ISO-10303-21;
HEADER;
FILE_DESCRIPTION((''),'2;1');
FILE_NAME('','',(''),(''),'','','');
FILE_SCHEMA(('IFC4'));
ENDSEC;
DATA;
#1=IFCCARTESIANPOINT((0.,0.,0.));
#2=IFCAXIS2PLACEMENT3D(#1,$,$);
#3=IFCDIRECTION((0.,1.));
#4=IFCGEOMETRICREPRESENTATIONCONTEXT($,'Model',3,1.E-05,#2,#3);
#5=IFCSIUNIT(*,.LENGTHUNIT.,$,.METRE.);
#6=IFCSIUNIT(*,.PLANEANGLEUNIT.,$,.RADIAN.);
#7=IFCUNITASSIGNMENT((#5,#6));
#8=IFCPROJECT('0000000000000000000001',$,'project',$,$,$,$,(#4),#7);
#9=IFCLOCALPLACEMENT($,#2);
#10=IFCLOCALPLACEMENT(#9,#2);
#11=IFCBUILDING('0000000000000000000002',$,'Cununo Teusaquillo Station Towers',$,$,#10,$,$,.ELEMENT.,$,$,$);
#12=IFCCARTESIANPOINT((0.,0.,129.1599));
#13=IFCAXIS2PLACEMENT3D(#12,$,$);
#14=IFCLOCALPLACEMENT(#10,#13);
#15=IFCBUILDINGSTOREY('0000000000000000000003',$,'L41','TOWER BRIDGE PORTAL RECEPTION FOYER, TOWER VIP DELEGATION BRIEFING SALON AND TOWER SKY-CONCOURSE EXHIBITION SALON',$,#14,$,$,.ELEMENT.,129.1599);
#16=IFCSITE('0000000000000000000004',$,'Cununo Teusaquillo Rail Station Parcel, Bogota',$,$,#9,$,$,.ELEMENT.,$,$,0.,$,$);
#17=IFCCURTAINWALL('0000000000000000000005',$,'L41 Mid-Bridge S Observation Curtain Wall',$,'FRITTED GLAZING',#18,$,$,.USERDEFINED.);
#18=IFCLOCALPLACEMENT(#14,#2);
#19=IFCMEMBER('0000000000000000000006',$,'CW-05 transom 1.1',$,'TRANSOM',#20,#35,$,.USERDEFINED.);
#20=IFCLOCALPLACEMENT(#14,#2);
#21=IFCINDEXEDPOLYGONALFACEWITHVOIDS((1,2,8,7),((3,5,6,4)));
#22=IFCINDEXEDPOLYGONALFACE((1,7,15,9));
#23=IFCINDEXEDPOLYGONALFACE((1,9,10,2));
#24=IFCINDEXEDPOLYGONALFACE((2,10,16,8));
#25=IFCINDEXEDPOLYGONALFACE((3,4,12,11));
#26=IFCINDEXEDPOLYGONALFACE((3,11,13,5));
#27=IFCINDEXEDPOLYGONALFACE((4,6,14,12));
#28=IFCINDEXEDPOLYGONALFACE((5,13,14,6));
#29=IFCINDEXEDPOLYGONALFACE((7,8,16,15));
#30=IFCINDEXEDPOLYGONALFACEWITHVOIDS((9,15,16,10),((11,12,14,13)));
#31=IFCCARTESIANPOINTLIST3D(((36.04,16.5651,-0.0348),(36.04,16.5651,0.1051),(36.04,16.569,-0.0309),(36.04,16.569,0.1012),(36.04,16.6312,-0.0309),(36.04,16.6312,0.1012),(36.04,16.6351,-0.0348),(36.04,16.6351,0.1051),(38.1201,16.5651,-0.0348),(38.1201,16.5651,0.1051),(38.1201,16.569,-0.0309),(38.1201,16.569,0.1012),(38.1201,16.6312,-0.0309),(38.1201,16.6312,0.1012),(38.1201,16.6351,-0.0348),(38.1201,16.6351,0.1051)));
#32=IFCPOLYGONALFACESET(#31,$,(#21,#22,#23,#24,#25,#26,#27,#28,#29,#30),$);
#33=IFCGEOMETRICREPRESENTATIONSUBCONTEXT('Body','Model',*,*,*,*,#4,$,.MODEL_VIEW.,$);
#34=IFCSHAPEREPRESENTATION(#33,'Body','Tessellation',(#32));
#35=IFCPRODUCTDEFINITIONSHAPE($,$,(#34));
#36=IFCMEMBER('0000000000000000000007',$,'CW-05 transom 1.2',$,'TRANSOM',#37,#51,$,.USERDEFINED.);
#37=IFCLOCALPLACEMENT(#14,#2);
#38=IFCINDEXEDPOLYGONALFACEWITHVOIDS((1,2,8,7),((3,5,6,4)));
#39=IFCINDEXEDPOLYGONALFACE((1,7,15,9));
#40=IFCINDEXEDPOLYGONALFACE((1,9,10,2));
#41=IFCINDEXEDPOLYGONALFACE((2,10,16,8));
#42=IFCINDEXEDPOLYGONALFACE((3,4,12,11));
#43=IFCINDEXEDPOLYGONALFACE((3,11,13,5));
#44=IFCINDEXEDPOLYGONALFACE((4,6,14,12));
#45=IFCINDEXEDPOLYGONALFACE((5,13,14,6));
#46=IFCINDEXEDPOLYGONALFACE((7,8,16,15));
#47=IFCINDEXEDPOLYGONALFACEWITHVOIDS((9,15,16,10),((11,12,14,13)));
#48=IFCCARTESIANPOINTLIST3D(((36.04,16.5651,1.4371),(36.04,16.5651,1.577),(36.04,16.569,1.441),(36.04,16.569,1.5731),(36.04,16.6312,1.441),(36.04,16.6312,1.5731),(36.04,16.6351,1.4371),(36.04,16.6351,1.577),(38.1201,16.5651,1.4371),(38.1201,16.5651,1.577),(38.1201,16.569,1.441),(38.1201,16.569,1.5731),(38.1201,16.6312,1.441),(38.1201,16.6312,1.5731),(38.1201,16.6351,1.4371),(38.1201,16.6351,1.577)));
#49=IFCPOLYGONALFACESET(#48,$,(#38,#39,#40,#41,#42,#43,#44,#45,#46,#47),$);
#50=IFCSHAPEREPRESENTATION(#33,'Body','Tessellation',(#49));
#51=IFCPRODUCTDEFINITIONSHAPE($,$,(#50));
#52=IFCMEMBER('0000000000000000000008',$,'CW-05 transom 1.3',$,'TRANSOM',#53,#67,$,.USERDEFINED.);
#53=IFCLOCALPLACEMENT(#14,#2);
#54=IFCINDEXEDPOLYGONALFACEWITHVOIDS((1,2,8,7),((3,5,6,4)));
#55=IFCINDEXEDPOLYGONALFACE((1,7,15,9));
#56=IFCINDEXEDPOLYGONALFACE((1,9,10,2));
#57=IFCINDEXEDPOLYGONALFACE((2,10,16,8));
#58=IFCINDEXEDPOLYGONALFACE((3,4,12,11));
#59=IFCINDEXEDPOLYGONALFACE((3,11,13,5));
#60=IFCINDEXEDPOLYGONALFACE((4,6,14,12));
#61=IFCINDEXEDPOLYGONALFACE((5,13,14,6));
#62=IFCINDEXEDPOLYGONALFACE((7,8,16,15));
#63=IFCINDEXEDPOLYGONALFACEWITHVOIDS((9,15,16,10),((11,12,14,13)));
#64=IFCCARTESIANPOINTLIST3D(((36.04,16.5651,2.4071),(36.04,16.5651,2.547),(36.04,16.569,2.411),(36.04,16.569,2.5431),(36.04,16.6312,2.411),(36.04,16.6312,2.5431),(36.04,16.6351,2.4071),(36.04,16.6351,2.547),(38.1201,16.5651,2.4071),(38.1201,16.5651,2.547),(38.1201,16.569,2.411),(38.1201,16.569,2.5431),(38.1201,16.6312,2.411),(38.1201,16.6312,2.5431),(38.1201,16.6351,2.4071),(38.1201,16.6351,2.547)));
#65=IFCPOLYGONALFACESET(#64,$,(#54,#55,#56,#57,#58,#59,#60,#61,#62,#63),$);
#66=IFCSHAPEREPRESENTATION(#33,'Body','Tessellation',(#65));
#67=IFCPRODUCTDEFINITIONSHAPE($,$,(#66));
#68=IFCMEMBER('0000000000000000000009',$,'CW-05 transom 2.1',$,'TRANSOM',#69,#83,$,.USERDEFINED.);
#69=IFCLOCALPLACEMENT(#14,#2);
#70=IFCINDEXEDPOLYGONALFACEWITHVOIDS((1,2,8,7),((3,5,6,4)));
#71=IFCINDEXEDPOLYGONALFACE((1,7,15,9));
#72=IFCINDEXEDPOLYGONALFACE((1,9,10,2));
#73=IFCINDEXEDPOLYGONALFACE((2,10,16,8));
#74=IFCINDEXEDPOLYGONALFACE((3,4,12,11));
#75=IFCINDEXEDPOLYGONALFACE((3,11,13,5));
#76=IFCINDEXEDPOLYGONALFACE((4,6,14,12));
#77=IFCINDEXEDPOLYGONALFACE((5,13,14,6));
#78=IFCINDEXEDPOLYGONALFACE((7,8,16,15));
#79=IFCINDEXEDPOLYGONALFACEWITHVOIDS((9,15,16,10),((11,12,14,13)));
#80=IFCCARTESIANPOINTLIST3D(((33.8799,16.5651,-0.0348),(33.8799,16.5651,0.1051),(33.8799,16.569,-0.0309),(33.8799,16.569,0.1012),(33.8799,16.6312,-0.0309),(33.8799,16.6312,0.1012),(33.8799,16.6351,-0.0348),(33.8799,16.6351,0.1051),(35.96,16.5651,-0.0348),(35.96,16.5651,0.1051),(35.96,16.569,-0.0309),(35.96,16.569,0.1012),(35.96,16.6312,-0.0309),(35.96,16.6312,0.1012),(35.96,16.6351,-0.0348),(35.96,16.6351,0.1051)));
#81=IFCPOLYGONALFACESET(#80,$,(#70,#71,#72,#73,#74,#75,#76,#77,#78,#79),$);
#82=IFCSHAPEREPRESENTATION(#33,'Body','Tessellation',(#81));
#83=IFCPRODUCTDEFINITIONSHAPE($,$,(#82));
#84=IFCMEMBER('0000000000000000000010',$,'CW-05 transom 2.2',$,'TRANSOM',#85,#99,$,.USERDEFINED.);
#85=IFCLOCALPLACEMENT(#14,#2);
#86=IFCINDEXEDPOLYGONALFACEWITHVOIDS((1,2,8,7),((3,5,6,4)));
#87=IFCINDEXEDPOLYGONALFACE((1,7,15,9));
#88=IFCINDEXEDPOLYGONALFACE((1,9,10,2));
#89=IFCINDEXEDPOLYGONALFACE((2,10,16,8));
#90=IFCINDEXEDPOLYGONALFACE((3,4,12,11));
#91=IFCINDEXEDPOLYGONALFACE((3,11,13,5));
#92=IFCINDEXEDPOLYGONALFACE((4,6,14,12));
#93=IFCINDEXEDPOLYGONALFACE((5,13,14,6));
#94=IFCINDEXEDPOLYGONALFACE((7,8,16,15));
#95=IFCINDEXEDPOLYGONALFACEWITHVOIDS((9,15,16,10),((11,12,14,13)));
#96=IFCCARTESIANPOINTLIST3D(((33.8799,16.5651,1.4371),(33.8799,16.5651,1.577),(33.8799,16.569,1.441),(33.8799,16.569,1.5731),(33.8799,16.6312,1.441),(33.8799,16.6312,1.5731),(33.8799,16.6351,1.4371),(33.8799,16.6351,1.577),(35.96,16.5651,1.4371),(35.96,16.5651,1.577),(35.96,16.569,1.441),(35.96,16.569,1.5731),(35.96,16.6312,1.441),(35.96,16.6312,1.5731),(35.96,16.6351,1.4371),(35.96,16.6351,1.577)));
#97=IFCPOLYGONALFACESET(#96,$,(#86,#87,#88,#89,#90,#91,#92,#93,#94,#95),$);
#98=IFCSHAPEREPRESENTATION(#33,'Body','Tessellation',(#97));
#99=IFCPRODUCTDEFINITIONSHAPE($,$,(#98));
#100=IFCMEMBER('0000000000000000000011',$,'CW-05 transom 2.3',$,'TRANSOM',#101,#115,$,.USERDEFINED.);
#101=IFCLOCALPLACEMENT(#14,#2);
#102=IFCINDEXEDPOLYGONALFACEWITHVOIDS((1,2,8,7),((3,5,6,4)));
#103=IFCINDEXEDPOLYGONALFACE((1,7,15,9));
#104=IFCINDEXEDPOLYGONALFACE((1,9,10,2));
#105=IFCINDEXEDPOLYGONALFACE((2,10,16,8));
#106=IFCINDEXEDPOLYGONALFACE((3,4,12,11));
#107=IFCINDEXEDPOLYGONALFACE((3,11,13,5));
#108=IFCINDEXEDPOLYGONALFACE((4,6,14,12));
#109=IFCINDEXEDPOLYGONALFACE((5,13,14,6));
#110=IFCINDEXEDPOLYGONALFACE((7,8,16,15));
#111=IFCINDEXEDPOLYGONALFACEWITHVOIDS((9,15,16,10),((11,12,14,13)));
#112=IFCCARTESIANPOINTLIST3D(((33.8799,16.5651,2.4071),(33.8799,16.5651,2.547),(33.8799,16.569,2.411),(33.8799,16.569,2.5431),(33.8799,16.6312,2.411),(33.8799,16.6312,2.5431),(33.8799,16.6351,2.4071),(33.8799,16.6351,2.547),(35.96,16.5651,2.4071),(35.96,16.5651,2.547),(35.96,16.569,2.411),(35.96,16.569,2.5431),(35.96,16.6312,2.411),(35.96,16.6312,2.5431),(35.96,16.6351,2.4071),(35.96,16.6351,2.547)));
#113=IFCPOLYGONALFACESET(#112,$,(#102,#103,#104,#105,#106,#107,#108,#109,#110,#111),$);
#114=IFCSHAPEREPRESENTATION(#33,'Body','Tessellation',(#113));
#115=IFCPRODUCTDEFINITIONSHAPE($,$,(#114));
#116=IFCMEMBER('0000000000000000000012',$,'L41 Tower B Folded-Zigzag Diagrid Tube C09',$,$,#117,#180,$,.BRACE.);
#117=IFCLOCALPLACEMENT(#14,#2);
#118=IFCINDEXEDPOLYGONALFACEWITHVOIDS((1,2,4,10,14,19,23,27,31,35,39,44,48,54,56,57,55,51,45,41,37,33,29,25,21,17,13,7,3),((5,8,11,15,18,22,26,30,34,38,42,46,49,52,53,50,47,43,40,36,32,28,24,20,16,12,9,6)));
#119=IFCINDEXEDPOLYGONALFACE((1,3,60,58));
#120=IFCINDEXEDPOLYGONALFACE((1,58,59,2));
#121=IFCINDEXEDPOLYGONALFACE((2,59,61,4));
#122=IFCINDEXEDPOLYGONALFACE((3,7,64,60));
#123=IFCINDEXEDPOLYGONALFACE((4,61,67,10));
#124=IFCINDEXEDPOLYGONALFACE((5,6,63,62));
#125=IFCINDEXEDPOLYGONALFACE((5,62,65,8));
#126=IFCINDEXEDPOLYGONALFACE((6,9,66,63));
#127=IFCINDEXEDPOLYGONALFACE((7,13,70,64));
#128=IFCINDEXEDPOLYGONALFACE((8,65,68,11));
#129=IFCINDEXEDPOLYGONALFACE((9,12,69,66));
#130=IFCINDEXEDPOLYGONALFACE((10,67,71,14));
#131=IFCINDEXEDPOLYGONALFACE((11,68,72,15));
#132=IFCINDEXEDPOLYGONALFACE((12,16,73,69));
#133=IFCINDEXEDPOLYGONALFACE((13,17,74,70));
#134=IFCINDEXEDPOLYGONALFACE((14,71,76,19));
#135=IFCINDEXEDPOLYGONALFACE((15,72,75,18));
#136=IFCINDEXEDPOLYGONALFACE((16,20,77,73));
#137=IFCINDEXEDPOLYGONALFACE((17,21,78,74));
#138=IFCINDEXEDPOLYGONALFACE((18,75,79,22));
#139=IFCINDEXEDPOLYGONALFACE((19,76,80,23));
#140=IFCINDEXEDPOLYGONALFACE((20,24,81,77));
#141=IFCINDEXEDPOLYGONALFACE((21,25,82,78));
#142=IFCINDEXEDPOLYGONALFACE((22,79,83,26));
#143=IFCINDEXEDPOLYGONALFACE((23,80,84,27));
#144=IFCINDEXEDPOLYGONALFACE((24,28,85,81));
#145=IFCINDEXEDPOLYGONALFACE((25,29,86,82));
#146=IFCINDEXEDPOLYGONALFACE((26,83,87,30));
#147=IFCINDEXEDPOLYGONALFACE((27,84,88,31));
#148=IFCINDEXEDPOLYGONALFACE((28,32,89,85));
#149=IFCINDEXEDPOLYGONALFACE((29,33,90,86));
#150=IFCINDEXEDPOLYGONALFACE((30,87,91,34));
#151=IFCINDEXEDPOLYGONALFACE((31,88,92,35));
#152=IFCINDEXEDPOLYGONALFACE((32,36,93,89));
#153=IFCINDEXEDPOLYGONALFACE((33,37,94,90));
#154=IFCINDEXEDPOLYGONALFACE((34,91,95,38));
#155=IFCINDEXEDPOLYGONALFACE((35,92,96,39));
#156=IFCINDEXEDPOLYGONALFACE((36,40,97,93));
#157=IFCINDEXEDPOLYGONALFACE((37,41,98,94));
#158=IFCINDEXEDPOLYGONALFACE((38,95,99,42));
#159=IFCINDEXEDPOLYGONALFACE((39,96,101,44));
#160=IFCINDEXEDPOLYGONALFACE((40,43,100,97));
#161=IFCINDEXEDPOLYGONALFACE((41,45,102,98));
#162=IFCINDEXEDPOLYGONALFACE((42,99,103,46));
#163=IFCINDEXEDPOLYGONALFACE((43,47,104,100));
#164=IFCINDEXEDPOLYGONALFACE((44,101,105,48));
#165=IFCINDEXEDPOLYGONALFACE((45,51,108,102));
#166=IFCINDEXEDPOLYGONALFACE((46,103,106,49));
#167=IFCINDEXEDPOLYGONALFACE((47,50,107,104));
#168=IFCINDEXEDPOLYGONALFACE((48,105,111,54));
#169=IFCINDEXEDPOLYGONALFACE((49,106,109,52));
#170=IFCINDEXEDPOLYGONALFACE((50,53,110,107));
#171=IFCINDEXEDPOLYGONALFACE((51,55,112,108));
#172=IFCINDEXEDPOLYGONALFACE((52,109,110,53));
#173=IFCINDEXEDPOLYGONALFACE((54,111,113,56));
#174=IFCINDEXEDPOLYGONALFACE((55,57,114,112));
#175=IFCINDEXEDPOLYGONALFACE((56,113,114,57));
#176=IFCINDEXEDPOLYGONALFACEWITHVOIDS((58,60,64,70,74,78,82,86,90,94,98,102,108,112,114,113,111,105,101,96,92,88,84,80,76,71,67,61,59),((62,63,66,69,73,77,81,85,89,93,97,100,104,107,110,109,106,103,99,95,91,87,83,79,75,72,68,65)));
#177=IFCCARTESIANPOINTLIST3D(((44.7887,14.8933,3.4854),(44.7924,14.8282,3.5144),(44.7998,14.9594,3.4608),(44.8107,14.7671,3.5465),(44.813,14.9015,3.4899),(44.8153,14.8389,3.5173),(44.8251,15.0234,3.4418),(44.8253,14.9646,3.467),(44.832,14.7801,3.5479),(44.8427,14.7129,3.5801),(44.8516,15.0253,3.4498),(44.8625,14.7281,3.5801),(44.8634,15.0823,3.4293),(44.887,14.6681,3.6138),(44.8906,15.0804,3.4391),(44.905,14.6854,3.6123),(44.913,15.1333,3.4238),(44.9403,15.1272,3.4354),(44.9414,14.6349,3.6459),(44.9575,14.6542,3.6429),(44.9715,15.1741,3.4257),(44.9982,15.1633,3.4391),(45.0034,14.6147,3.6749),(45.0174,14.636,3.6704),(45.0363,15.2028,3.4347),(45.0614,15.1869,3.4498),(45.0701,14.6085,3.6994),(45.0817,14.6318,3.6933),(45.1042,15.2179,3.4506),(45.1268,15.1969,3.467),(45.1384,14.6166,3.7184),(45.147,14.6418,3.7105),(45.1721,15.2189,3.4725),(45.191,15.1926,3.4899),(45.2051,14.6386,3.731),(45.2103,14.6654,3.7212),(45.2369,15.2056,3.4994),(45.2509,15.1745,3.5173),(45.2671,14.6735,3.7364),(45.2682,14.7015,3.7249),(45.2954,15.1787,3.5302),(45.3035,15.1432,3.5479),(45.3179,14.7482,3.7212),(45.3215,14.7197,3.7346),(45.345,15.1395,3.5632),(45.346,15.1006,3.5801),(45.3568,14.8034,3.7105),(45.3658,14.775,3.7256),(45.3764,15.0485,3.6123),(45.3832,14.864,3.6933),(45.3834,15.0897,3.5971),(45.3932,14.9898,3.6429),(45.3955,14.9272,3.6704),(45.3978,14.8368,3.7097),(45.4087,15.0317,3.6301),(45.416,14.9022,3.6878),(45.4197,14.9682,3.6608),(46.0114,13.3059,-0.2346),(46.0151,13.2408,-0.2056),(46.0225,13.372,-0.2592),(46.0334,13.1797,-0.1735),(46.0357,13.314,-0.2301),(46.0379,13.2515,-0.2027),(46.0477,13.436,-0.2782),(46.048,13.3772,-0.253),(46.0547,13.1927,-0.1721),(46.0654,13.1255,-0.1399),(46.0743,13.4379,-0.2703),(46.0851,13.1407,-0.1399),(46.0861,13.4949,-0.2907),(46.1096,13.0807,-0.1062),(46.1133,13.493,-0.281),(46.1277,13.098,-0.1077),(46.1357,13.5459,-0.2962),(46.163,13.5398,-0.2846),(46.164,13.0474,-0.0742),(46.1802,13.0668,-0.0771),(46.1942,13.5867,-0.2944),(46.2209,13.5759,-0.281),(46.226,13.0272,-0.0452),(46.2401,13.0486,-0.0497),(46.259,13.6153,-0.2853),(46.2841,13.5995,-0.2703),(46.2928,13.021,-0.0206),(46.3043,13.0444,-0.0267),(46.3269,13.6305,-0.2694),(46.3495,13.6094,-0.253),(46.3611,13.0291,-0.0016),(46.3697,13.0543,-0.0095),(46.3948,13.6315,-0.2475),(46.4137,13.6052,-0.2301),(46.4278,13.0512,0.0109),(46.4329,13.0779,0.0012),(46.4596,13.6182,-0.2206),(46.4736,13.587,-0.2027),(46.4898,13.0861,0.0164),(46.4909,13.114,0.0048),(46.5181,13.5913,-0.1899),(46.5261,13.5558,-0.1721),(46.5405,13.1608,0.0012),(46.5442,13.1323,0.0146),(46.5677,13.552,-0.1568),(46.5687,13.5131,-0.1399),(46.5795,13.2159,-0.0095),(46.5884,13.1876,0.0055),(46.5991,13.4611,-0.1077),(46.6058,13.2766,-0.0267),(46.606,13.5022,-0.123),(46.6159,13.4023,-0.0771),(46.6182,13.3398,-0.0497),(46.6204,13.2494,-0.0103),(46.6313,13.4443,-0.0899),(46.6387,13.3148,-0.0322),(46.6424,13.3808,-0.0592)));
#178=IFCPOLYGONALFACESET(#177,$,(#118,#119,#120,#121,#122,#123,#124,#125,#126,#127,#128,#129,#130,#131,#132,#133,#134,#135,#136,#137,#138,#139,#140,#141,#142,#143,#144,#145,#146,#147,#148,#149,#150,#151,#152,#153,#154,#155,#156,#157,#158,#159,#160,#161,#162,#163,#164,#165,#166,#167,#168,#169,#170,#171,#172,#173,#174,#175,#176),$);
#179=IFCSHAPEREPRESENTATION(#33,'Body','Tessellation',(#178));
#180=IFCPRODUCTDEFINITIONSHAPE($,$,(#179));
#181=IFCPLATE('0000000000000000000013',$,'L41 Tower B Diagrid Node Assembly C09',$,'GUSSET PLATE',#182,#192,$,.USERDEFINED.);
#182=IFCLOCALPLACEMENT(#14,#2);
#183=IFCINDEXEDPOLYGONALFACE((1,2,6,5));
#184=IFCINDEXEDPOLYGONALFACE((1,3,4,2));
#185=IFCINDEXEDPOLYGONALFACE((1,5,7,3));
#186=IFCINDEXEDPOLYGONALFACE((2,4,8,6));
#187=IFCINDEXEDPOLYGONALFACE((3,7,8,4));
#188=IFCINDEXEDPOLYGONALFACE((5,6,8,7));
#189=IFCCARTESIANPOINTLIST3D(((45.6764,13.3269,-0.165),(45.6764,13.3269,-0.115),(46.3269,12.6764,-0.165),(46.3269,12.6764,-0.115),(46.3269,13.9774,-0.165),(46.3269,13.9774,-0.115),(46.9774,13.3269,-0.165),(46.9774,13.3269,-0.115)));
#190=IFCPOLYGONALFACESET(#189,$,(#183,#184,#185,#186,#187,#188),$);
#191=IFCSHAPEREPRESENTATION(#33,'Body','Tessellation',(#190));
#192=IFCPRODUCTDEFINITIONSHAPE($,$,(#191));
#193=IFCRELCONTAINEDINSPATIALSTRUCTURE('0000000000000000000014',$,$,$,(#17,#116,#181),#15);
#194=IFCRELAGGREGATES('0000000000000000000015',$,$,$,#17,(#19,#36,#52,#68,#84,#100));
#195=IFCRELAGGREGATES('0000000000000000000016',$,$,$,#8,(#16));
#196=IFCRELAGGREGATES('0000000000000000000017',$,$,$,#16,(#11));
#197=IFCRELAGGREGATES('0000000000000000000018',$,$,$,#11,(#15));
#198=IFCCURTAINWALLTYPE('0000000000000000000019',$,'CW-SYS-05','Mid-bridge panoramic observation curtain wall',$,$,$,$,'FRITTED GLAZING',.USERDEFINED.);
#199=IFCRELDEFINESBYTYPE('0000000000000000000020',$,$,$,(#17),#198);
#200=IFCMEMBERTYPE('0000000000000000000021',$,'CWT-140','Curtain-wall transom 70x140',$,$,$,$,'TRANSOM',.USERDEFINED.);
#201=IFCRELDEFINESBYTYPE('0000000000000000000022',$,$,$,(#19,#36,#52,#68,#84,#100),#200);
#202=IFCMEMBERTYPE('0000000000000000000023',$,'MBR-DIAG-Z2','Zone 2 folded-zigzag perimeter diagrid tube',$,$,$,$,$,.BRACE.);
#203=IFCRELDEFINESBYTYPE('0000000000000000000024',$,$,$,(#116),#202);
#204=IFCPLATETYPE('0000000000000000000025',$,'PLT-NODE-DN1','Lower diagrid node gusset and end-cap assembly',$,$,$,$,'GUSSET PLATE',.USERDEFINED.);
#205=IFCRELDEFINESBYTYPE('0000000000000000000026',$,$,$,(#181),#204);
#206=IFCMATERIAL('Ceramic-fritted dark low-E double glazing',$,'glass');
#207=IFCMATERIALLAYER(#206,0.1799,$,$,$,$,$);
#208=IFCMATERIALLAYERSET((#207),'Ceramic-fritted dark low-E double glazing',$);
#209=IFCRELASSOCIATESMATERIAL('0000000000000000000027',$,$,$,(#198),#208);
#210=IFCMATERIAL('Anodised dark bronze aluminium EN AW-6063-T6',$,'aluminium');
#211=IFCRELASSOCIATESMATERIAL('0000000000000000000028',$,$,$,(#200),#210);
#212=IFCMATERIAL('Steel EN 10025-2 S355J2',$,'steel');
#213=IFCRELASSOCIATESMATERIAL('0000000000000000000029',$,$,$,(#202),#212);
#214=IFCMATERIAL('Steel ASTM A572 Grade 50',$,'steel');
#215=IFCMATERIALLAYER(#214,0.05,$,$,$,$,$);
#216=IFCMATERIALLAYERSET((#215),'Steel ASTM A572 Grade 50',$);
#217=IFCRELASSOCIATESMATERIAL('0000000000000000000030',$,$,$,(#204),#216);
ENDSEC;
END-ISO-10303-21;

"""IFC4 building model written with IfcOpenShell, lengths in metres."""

from ifc_helpers import new_model, si_unit, direction, frame, origin, origin_2d, place, context, subcontext, project, spatial, rectangle, hollow_rectangle, hollow_circle, extrude, source, transform, mapped, material, layer, layer_set, material_profile, profile_set, type_object, element, aggregate, save


model = new_model("IFC4")

# Units and contexts
model_context = context("Model", 3, precision=1e-05, world=origin(), true_north=direction((0.0, 1.0)))
body_context = subcontext(model_context, "Body", "Model", "MODEL_VIEW")
ifc_project = project(units=[si_unit("LENGTHUNIT", "METRE"), si_unit("PLANEANGLEUNIT", "RADIAN")], contexts=[model_context])

# Site, building, storey
site_placement = place(None, origin())
site = spatial("IfcSite", under=ifc_project, at=site_placement, Name="Cununo Teusaquillo Rail Station Parcel, Bogota", CompositionType="ELEMENT", RefElevation=0.0)
building_placement = place(site_placement, origin())
building = spatial("IfcBuilding", under=site, at=building_placement, Name="Cununo Teusaquillo Station Towers", CompositionType="ELEMENT")
storey_placement = place(building_placement, frame((0.0, 0.0, 129.1599)))
storey = spatial("IfcBuildingStorey", under=building, at=storey_placement, Name="L41", Description="TOWER BRIDGE PORTAL RECEPTION FOYER, TOWER VIP DELEGATION BRIEFING SALON AND TOWER SKY-CONCOURSE EXHIBITION SALON", CompositionType="ELEMENT", Elevation=129.1599)

# Curtain wall, members
ifc_material_1 = material(Name="Ceramic-fritted dark low-E double glazing", Category="glass")
ifc_layer_1 = layer(ifc_material_1, 0.1799)
ifc_layer_set_1 = layer_set([ifc_layer_1], Name="Ceramic-fritted dark low-E double glazing")
curtain_wall_type = type_object("IfcCurtainWallType", Name="CW-SYS-05", Description="Mid-bridge panoramic observation curtain wall", ElementType="FRITTED GLAZING", PredefinedType="USERDEFINED", material=ifc_layer_set_1)
curtain_wall_placement = place(storey_placement, origin())
curtain_wall = element("IfcCurtainWall", 1, at=curtain_wall_placement, inside=storey, type_object=curtain_wall_type, Name="L41 Mid-Bridge S Observation Curtain Wall", ObjectType="FRITTED GLAZING", PredefinedType="USERDEFINED")
ifc_material_2 = material(Name="Anodised dark bronze aluminium EN AW-6063-T6", Category="aluminium")
ifc_material_profile_1 = material_profile(ifc_material_2, hollow_rectangle(XDim=0.0701, YDim=0.1399, WallThickness=0.0039, at=origin_2d()), Name="CW-TRAN-70x140")
ifc_profile_set_1 = profile_set([ifc_material_profile_1], Name="Anodised dark bronze aluminium EN AW-6063-T6")
member_type_1 = type_object("IfcMemberType", Name="CWT-140", Description="Curtain-wall transom 70x140", ElementType="TRANSOM", PredefinedType="USERDEFINED", material=ifc_profile_set_1)
member_1_placement = place(storey_placement, frame((38.1201, 16.6001, 0.0352), z_axis=(-1.0, 0.0, 0.0), x_axis=(0.0, -1.0, 0.0)))
member_1 = element("IfcMember", 2, at=member_1_placement, type_object=member_type_1, Name="CW-05 transom 1.1", ObjectType="TRANSOM", PredefinedType="USERDEFINED", context=body_context, shape_type="SweptSolid", body=[
    extrude(hollow_rectangle(XDim=0.0701, YDim=0.1399, WallThickness=0.0039, at=origin_2d()), origin(), (0.0, 0.0, 1.0), 2.0801),
])
member_2_placement = place(storey_placement, frame((38.1201, 16.6001, 1.5071), z_axis=(-1.0, 0.0, 0.0), x_axis=(0.0, -1.0, 0.0)))
member_2 = element("IfcMember", 3, at=member_2_placement, type_object=member_type_1, Name="CW-05 transom 1.2", ObjectType="TRANSOM", PredefinedType="USERDEFINED", context=body_context, shape_type="SweptSolid", body=[
    extrude(hollow_rectangle(XDim=0.0701, YDim=0.1399, WallThickness=0.0039, at=origin_2d()), origin(), (0.0, 0.0, 1.0), 2.0801),
])
member_3_placement = place(storey_placement, frame((38.1201, 16.6001, 2.4771), z_axis=(-1.0, 0.0, 0.0), x_axis=(0.0, -1.0, 0.0)))
member_3 = element("IfcMember", 4, at=member_3_placement, type_object=member_type_1, Name="CW-05 transom 1.3", ObjectType="TRANSOM", PredefinedType="USERDEFINED", context=body_context, shape_type="SweptSolid", body=[
    extrude(hollow_rectangle(XDim=0.0701, YDim=0.1399, WallThickness=0.0039, at=origin_2d()), origin(), (0.0, 0.0, 1.0), 2.0801),
])
member_4_placement = place(storey_placement, frame((35.96, 16.6001, 0.0352), z_axis=(-1.0, 0.0, 0.0), x_axis=(0.0, -1.0, 0.0)))
member_4 = element("IfcMember", 5, at=member_4_placement, type_object=member_type_1, Name="CW-05 transom 2.1", ObjectType="TRANSOM", PredefinedType="USERDEFINED", context=body_context, shape_type="SweptSolid", body=[
    extrude(hollow_rectangle(XDim=0.0701, YDim=0.1399, WallThickness=0.0039, at=origin_2d()), origin(), (0.0, 0.0, 1.0), 2.0801),
])
member_5_placement = place(storey_placement, frame((35.96, 16.6001, 1.5071), z_axis=(-1.0, 0.0, 0.0), x_axis=(0.0, -1.0, 0.0)))
member_5 = element("IfcMember", 6, at=member_5_placement, type_object=member_type_1, Name="CW-05 transom 2.2", ObjectType="TRANSOM", PredefinedType="USERDEFINED", context=body_context, shape_type="SweptSolid", body=[
    extrude(hollow_rectangle(XDim=0.0701, YDim=0.1399, WallThickness=0.0039, at=origin_2d()), origin(), (0.0, 0.0, 1.0), 2.0801),
])
member_6_placement = place(storey_placement, frame((35.96, 16.6001, 2.4771), z_axis=(-1.0, 0.0, 0.0), x_axis=(0.0, -1.0, 0.0)))
member_6 = element("IfcMember", 7, at=member_6_placement, type_object=member_type_1, Name="CW-05 transom 2.3", ObjectType="TRANSOM", PredefinedType="USERDEFINED", context=body_context, shape_type="SweptSolid", body=[
    extrude(hollow_rectangle(XDim=0.0701, YDim=0.1399, WallThickness=0.0039, at=origin_2d()), origin(), (0.0, 0.0, 1.0), 2.0801),
])

# Member
ifc_material_3 = material(Name="Steel EN 10025-2 S355J2", Category="steel")
ifc_material_profile_2 = material_profile(ifc_material_3, hollow_circle(Radius=0.3301, WallThickness=0.0249, at=origin_2d()), Name="CHS 660x25")
ifc_profile_set_2 = profile_set([ifc_material_profile_2], Name="Steel EN 10025-2 S355J2")
member_type_2 = type_object("IfcMemberType", Name="MBR-DIAG-Z2", Description="Zone 2 folded-zigzag perimeter diagrid tube", PredefinedType="BRACE", material=ifc_profile_set_2)
member_7_placement = place(storey_placement, frame((46.3269, 13.3269, -0.1399), z_axis=(-0.289368, 0.375692, 0.88041), x_axis=(-0.792243, -0.610205, 0.0)))
element("IfcMember", 8, at=member_7_placement, inside=storey, type_object=member_type_2, Name="L41 Tower B Folded-Zigzag Diagrid Tube C09", PredefinedType="BRACE", context=body_context, shape_type="SweptSolid", body=[
    extrude(hollow_circle(Radius=0.3301, WallThickness=0.0249, at=origin_2d()), origin(), (0.0, 0.0, 1.0), 4.2253),
])

# Plate
ifc_material_4 = material(Name="Steel ASTM A572 Grade 50", Category="steel")
ifc_layer_2 = layer(ifc_material_4, 0.05)
ifc_layer_set_2 = layer_set([ifc_layer_2], Name="Steel ASTM A572 Grade 50")
plate_type_1 = type_object("IfcPlateType", Name="PLT-NODE-DN1", Description="Lower diagrid node gusset and end-cap assembly", ElementType="GUSSET PLATE", PredefinedType="USERDEFINED", material=ifc_layer_set_2)
shared_shape_1 = source(origin(), body_context, "Body", "SweptSolid", [
    extrude(rectangle(XDim=0.9199, YDim=0.9199, at=origin_2d()), origin(), (0.0, 0.0, 1.0), 0.05),
])
plate_1_placement = place(storey_placement, frame((46.3269, 13.3269, -0.165), z_axis=(0.0, 0.0, 1.0), x_axis=(0.707107, 0.707107, 0.0)))
element("IfcPlate", 9, at=plate_1_placement, inside=storey, type_object=plate_type_1, Name="L41 Tower B Diagrid Node Assembly C09", ObjectType="GUSSET PLATE", PredefinedType="USERDEFINED", context=body_context, shape_type="MappedRepresentation", body=[
    mapped(shared_shape_1, transform((0.0, 0.0, 0.0), x_axis=(1.0, 0.0, 0.0), y_axis=(0.0, 1.0, 0.0), z_axis=(0.0, 0.0, 1.0), scale=1.0)),
])
aggregate(curtain_wall, [member_1, member_2, member_3, member_4, member_5, member_6])

save(model, "model.ifc")
